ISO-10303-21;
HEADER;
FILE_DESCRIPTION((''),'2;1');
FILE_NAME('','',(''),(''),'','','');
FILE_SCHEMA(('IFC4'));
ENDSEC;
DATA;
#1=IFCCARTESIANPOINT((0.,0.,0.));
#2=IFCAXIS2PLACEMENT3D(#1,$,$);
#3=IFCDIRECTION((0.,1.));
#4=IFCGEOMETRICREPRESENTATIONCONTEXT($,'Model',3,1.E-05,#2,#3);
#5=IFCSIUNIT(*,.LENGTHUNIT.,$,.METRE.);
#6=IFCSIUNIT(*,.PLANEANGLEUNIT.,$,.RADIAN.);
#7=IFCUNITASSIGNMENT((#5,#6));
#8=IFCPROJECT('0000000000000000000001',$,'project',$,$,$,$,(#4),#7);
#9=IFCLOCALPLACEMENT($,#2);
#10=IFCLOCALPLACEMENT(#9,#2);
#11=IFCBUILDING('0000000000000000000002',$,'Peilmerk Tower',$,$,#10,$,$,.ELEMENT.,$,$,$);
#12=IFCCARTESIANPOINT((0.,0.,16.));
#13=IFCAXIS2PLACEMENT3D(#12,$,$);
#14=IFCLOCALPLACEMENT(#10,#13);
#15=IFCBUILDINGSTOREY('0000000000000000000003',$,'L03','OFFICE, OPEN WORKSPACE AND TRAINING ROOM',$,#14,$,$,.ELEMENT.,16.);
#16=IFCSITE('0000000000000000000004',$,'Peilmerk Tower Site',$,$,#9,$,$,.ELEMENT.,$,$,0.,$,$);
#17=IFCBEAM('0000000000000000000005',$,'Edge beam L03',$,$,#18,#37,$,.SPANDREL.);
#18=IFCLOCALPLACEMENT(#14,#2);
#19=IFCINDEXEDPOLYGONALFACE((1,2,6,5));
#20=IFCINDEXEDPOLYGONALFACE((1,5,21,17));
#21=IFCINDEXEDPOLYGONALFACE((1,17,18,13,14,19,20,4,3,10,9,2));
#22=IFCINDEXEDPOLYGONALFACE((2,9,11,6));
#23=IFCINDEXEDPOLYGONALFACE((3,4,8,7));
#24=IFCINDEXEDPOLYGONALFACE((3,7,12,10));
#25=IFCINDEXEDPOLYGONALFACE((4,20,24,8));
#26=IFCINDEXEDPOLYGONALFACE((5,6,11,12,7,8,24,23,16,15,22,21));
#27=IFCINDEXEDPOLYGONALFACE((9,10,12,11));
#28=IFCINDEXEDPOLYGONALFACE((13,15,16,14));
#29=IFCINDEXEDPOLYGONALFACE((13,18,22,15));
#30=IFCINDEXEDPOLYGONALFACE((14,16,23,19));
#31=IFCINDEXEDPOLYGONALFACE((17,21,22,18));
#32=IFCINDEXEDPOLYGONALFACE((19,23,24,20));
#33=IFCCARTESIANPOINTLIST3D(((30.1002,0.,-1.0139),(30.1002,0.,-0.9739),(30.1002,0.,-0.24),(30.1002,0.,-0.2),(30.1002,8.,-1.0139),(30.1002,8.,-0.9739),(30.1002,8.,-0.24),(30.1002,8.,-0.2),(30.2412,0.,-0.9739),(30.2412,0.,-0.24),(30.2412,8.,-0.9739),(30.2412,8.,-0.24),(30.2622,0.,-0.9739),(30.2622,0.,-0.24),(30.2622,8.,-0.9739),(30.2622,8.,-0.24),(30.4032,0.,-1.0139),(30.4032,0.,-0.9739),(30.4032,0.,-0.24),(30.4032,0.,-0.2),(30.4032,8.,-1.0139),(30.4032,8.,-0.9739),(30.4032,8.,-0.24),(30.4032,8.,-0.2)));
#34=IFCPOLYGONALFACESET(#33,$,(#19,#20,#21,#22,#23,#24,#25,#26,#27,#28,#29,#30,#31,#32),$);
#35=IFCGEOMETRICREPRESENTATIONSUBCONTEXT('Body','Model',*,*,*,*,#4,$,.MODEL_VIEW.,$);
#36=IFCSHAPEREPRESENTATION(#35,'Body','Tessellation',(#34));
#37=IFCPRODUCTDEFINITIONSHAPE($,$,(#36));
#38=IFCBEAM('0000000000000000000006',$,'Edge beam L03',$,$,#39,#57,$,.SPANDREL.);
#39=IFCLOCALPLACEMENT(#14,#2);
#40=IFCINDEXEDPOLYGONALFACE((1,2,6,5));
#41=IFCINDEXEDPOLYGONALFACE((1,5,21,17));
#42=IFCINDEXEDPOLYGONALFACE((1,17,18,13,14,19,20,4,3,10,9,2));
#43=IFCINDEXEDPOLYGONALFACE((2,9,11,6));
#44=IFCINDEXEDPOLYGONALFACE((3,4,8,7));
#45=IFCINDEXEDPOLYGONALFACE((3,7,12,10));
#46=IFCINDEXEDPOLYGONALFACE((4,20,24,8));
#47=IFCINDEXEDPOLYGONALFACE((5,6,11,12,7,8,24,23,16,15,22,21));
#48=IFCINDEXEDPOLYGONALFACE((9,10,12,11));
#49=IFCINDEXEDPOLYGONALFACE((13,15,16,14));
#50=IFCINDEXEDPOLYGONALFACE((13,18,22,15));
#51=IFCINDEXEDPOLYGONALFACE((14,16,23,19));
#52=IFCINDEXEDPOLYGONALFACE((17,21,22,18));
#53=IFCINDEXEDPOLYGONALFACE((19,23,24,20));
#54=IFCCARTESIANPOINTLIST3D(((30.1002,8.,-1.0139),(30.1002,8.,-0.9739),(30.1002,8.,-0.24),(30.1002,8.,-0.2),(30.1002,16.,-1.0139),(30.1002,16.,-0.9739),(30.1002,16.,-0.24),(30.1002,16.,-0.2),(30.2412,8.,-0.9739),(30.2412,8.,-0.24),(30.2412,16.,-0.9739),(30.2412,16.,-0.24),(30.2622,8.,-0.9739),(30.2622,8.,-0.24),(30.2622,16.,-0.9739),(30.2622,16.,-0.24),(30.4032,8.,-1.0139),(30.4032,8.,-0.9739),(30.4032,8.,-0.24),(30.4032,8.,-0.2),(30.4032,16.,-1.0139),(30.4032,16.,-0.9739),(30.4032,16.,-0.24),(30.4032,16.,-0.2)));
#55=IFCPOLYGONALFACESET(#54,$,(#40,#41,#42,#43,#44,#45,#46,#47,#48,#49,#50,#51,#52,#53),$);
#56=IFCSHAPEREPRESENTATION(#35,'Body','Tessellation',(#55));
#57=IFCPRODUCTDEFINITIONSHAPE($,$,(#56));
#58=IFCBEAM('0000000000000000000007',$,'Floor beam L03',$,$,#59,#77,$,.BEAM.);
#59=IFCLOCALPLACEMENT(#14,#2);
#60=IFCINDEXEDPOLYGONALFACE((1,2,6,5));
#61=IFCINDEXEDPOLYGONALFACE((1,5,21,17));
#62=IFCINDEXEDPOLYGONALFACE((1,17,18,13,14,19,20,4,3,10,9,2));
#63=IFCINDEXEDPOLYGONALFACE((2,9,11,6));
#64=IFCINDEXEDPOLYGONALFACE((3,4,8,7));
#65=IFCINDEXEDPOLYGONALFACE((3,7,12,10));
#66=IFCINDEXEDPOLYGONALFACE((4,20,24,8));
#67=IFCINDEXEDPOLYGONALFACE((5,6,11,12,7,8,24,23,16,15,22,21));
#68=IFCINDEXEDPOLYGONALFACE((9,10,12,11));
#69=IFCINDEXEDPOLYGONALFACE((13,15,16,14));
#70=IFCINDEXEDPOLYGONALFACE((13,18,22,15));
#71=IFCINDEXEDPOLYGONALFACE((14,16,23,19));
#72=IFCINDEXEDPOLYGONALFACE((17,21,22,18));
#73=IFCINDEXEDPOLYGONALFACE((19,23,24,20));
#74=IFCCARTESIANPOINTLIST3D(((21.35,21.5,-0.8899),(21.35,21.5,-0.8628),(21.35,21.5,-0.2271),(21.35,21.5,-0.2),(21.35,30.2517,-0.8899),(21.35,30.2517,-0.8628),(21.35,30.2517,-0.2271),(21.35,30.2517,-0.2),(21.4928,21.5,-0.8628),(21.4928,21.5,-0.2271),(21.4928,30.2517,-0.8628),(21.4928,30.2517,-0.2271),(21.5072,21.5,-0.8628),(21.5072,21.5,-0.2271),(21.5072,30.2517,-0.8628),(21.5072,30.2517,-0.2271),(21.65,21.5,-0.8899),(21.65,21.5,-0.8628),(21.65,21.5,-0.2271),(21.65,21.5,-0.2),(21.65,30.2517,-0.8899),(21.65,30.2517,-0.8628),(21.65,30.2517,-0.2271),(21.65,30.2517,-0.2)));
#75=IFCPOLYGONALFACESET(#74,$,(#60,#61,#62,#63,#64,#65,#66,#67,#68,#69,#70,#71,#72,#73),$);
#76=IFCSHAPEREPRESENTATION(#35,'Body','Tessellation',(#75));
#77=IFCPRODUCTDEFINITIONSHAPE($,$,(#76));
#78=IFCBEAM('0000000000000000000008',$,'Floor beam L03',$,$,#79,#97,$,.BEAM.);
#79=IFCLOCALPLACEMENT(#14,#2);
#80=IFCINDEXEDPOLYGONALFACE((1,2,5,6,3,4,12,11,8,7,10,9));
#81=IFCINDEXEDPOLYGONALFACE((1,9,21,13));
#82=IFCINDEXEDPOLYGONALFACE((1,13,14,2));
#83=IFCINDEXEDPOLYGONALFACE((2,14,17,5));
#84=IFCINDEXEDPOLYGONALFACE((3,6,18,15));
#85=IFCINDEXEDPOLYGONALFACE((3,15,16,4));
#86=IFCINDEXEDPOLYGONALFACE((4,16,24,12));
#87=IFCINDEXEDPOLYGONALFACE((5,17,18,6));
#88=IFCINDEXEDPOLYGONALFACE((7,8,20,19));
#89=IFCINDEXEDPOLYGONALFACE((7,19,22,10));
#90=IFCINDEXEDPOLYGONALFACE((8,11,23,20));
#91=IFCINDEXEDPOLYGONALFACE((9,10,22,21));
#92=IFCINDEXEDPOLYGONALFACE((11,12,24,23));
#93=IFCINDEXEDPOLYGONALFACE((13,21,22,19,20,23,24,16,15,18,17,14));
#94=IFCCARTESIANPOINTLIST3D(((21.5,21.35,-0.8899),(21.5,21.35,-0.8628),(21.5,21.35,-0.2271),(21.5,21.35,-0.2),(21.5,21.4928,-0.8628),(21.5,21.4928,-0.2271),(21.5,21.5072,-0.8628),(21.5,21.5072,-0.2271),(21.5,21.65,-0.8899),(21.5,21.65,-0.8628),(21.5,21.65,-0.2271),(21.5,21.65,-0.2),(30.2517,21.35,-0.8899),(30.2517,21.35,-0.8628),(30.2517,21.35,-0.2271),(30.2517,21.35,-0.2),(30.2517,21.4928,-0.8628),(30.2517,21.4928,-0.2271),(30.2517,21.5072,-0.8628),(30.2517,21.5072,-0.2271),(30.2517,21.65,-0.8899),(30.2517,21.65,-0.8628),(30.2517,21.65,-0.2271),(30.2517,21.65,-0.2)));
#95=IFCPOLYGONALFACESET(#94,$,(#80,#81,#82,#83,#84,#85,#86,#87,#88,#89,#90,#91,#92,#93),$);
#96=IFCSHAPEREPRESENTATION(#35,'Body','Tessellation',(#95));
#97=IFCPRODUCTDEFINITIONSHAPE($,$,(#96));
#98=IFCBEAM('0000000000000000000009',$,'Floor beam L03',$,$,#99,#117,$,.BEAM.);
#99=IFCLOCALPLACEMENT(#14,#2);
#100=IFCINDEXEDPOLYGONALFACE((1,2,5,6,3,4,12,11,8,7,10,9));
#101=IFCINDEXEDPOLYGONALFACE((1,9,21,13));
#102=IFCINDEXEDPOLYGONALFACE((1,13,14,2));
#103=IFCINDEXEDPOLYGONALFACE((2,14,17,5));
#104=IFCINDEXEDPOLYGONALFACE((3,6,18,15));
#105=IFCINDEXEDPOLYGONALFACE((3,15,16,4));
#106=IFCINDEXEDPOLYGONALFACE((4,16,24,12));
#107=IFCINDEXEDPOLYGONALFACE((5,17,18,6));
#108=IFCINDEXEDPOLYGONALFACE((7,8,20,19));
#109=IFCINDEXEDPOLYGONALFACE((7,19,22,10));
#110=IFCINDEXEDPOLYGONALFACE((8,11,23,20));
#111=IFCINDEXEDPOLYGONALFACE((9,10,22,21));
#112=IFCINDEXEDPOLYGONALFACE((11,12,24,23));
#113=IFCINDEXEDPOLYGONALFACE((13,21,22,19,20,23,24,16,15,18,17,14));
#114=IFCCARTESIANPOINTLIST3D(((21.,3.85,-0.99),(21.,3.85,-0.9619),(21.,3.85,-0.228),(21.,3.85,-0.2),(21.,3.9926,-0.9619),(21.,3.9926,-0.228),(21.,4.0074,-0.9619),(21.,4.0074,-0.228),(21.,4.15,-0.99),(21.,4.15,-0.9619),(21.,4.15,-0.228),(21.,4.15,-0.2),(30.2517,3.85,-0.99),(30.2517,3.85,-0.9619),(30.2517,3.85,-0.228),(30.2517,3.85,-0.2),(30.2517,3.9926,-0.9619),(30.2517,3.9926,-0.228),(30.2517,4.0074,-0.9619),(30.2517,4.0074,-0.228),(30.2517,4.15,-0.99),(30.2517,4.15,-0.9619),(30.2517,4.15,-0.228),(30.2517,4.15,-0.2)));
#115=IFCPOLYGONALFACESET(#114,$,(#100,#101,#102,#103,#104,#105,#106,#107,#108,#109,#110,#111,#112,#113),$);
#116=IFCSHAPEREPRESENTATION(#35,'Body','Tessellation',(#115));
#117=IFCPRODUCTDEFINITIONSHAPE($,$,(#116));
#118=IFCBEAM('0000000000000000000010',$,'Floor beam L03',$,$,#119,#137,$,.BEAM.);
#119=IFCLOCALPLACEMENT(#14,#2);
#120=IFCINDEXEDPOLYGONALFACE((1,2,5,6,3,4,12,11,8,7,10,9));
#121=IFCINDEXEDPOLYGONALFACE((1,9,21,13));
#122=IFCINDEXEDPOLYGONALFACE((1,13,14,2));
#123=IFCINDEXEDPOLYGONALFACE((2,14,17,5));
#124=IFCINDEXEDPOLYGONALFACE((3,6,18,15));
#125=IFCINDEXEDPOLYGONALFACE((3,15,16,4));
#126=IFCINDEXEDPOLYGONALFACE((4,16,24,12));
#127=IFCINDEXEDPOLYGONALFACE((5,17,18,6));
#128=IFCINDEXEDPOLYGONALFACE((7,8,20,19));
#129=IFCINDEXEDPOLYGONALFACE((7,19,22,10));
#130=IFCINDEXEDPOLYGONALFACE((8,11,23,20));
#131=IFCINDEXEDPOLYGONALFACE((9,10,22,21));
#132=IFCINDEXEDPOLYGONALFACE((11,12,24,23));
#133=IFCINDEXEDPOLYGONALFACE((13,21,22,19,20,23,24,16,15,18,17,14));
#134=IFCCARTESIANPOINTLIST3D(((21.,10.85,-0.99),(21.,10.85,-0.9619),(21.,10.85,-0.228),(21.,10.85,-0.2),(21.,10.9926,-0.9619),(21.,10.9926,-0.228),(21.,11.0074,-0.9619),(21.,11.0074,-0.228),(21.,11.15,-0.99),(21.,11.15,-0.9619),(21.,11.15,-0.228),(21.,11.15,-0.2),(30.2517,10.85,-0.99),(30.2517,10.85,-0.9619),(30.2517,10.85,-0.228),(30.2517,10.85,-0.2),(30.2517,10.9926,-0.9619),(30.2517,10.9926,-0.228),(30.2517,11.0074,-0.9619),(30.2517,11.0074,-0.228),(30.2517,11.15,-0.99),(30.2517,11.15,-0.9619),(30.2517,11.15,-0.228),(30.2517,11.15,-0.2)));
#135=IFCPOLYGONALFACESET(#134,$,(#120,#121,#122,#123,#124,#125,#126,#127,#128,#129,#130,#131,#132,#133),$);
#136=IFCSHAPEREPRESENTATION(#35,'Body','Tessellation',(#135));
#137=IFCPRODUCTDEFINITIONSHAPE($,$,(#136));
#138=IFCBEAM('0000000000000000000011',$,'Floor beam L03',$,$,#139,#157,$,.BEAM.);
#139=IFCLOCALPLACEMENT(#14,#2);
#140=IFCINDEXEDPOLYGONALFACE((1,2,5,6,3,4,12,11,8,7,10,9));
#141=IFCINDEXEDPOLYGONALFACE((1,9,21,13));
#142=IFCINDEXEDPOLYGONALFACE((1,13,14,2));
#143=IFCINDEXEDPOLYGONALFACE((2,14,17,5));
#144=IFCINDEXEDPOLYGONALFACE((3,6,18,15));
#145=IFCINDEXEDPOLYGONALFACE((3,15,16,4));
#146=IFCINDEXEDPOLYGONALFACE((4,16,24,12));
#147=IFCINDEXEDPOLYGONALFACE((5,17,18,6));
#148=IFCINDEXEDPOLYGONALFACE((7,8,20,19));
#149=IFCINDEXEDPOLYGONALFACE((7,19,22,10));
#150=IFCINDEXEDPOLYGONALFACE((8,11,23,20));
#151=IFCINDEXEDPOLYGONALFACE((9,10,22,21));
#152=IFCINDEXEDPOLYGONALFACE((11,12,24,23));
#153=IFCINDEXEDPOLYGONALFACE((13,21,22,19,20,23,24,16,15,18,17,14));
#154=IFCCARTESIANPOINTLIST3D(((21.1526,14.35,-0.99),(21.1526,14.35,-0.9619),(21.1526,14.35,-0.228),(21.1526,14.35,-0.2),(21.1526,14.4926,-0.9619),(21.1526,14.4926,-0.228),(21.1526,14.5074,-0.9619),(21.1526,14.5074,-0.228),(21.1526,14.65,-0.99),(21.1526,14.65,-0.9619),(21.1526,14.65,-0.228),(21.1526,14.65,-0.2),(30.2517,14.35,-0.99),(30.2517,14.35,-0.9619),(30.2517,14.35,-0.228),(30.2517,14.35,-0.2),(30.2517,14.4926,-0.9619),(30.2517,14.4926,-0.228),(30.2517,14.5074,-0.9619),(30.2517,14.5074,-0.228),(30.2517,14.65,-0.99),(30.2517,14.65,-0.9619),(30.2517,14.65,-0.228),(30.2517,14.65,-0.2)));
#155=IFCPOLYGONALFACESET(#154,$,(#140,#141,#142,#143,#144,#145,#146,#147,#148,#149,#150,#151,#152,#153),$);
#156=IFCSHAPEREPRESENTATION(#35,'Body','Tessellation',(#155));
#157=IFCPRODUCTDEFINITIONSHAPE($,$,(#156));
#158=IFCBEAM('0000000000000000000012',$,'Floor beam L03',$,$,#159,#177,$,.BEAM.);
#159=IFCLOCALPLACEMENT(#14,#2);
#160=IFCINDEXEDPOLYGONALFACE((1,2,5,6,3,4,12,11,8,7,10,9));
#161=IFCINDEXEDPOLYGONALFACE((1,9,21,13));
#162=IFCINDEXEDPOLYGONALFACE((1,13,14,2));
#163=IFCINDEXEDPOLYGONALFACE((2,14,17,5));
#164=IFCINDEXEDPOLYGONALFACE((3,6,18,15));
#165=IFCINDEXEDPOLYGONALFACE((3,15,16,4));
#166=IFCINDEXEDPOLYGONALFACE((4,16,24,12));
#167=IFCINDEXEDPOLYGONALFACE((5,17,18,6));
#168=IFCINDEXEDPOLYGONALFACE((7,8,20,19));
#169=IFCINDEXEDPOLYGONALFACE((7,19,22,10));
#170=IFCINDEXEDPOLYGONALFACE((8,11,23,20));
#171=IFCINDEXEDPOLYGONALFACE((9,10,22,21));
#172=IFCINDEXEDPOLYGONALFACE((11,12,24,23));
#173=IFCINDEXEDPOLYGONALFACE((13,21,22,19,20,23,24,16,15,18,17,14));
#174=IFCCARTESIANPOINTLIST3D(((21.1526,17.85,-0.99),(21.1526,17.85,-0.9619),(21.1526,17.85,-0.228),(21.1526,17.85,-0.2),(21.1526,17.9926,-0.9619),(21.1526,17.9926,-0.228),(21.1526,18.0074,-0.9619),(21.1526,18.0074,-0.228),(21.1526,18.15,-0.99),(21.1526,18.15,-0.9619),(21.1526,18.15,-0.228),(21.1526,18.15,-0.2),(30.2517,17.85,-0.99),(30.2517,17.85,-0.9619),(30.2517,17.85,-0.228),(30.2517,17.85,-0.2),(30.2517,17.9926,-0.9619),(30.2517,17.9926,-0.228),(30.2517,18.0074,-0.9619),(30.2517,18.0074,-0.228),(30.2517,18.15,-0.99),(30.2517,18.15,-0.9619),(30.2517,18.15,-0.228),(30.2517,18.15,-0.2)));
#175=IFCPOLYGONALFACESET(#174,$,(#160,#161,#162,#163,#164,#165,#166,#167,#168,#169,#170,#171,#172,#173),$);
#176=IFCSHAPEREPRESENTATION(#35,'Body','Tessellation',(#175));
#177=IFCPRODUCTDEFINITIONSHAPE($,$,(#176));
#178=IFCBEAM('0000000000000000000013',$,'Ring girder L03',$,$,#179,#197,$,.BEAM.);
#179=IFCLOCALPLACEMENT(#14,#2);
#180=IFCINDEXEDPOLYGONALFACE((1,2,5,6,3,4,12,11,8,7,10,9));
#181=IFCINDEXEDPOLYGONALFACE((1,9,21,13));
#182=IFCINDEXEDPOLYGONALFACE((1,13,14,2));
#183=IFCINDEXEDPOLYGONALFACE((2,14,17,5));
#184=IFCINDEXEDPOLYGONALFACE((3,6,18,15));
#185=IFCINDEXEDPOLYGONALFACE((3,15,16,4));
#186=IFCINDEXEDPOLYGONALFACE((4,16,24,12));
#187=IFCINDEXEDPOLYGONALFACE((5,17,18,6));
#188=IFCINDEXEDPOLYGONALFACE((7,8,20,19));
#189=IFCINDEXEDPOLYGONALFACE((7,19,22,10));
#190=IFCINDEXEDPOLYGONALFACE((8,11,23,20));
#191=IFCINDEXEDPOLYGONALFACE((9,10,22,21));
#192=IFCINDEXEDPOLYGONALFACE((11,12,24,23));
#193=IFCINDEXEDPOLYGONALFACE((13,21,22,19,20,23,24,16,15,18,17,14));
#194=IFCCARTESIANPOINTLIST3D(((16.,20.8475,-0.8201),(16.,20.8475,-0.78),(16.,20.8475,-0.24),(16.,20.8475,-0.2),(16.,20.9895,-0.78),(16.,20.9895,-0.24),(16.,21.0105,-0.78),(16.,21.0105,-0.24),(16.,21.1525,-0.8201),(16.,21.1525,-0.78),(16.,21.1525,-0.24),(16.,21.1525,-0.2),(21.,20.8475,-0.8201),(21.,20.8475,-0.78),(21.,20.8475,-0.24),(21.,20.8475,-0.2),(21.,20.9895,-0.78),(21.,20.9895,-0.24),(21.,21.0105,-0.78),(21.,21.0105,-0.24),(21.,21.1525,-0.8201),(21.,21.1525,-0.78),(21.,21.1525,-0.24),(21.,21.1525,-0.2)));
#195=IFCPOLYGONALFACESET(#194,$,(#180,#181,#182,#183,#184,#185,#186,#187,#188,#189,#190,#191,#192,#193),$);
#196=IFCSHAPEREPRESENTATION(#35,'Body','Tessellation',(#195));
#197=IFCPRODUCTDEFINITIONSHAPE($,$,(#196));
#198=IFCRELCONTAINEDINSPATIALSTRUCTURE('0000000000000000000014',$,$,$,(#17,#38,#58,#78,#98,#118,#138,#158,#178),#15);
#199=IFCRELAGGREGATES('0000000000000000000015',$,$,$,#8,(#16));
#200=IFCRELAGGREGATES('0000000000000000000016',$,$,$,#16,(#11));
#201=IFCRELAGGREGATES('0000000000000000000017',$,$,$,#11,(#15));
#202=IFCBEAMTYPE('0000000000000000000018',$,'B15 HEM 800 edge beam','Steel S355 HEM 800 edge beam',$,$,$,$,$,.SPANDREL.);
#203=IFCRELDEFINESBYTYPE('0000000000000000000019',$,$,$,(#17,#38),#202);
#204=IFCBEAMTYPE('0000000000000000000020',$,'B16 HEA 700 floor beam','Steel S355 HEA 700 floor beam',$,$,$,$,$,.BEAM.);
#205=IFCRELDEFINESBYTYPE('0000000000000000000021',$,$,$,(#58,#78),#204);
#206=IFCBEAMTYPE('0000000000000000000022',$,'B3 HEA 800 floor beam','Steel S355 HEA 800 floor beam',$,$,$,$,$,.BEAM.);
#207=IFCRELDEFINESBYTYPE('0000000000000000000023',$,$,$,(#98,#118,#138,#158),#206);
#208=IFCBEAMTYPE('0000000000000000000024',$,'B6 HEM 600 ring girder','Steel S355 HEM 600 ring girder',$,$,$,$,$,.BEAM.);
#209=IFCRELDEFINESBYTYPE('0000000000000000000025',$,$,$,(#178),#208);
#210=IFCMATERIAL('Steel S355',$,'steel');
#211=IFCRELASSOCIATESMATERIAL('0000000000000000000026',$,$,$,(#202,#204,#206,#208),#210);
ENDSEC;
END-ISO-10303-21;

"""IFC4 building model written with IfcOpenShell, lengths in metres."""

from ifc_helpers import new_model, si_unit, direction, frame, origin, origin_2d, place, context, subcontext, project, spatial, i_section, extrude, material, material_profile, profile_set, type_object, element, save


model = new_model("IFC4")

# Units and contexts
model_context = context("Model", 3, precision=1e-05, world=origin(), true_north=direction((0.0, 1.0)))
body_context = subcontext(model_context, "Body", "Model", "MODEL_VIEW")
ifc_project = project(units=[si_unit("LENGTHUNIT", "METRE"), si_unit("PLANEANGLEUNIT", "RADIAN")], contexts=[model_context])

# Site, building, storey
site_placement = place(None, origin())
site = spatial("IfcSite", under=ifc_project, at=site_placement, Name="Peilmerk Tower Site", CompositionType="ELEMENT", RefElevation=0.0)
building_placement = place(site_placement, origin())
building = spatial("IfcBuilding", under=site, at=building_placement, Name="Peilmerk Tower", CompositionType="ELEMENT")
storey_placement = place(building_placement, frame((0.0, 0.0, 16.0)))
storey = spatial("IfcBuildingStorey", under=building, at=storey_placement, Name="L03", Description="OFFICE, OPEN WORKSPACE AND TRAINING ROOM", CompositionType="ELEMENT", Elevation=16.0)

# Beams
ifc_material_1 = material(Name="Steel S355", Category="steel")
ifc_material_profile_1 = material_profile(ifc_material_1, i_section(OverallWidth=0.303, OverallDepth=0.814, WebThickness=0.021, FlangeThickness=0.04, at=origin_2d()), Name="HEM 800")
ifc_profile_set_1 = profile_set([ifc_material_profile_1], Name="Steel S355")
beam_type_1 = type_object("IfcBeamType", Name="B15 HEM 800 edge beam", Description="Steel S355 HEM 800 edge beam", PredefinedType="SPANDREL", material=ifc_profile_set_1)
for number, where, z_axis, x_axis, name in (
    (1, (30.2517, 0.0, -0.6069), (0.0, 1.0, 0.0), (-1.0, 0.0, 0.0), "Edge beam L03"),
    (2, (30.2517, 8.0, -0.6069), (0.0, 1.0, 0.0), (-1.0, 0.0, 0.0), "Edge beam L03"),
):
    element("IfcBeam", number, at=place(storey_placement, frame(where, z_axis=z_axis, x_axis=x_axis)), inside=storey, type_object=beam_type_1, Name=name, PredefinedType="SPANDREL", context=body_context, shape_type="SweptSolid", body=[
        extrude(i_section(OverallWidth=0.303, OverallDepth=0.814, WebThickness=0.021, FlangeThickness=0.04, at=origin_2d()), origin(), (0.0, 0.0, 1.0), 8.0),
    ])
ifc_material_profile_2 = material_profile(ifc_material_1, i_section(OverallWidth=0.3, OverallDepth=0.6899, WebThickness=0.0144, FlangeThickness=0.0271, at=origin_2d()), Name="HEA 700")
ifc_profile_set_2 = profile_set([ifc_material_profile_2], Name="Steel S355")
beam_type_2 = type_object("IfcBeamType", Name="B16 HEA 700 floor beam", Description="Steel S355 HEA 700 floor beam", PredefinedType="BEAM", material=ifc_profile_set_2)
for number, where, z_axis, x_axis, name in (
    (3, (21.5, 21.5, -0.5449), (0.0, 1.0, 0.0), (-1.0, 0.0, 0.0), "Floor beam L03"),
    (4, (21.5, 21.5, -0.5449), (1.0, 0.0, 0.0), (0.0, 1.0, 0.0), "Floor beam L03"),
):
    element("IfcBeam", number, at=place(storey_placement, frame(where, z_axis=z_axis, x_axis=x_axis)), inside=storey, type_object=beam_type_2, Name=name, PredefinedType="BEAM", context=body_context, shape_type="SweptSolid", body=[
        extrude(i_section(OverallWidth=0.3, OverallDepth=0.6899, WebThickness=0.0144, FlangeThickness=0.0271, at=origin_2d()), origin(), (0.0, 0.0, 1.0), 8.7517),
    ])
ifc_material_profile_3 = material_profile(ifc_material_1, i_section(OverallWidth=0.3, OverallDepth=0.79, WebThickness=0.0149, FlangeThickness=0.0281, at=origin_2d()), Name="HEA 800")
ifc_profile_set_3 = profile_set([ifc_material_profile_3], Name="Steel S355")
beam_type_3 = type_object("IfcBeamType", Name="B3 HEA 800 floor beam", Description="Steel S355 HEA 800 floor beam", PredefinedType="BEAM", material=ifc_profile_set_3)
for number, where, z_axis, x_axis, name in (
    (5, (21.0, 4.0, -0.595), (1.0, 0.0, 0.0), (0.0, 1.0, 0.0), "Floor beam L03"),
    (6, (21.0, 11.0, -0.595), (1.0, 0.0, 0.0), (0.0, 1.0, 0.0), "Floor beam L03"),
):
    element("IfcBeam", number, at=place(storey_placement, frame(where, z_axis=z_axis, x_axis=x_axis)), inside=storey, type_object=beam_type_3, Name=name, PredefinedType="BEAM", context=body_context, shape_type="SweptSolid", body=[
        extrude(i_section(OverallWidth=0.3, OverallDepth=0.79, WebThickness=0.0149, FlangeThickness=0.0281, at=origin_2d()), origin(), (0.0, 0.0, 1.0), 9.2517),
    ])
for number, where, z_axis, x_axis, name in (
    (7, (21.1526, 14.5, -0.595), (1.0, 0.0, 0.0), (0.0, 1.0, 0.0), "Floor beam L03"),
    (8, (21.1526, 18.0, -0.595), (1.0, 0.0, 0.0), (0.0, 1.0, 0.0), "Floor beam L03"),
):
    element("IfcBeam", number, at=place(storey_placement, frame(where, z_axis=z_axis, x_axis=x_axis)), inside=storey, type_object=beam_type_3, Name=name, PredefinedType="BEAM", context=body_context, shape_type="SweptSolid", body=[
        extrude(i_section(OverallWidth=0.3, OverallDepth=0.79, WebThickness=0.0149, FlangeThickness=0.0281, at=origin_2d()), origin(), (0.0, 0.0, 1.0), 9.0991),
    ])
ifc_material_profile_4 = material_profile(ifc_material_1, i_section(OverallWidth=0.3049, OverallDepth=0.6201, WebThickness=0.021, FlangeThickness=0.04, at=origin_2d()), Name="HEM 600")
ifc_profile_set_4 = profile_set([ifc_material_profile_4], Name="Steel S355")
beam_type_4 = type_object("IfcBeamType", Name="B6 HEM 600 ring girder", Description="Steel S355 HEM 600 ring girder", PredefinedType="BEAM", material=ifc_profile_set_4)
beam_1_placement = place(storey_placement, frame((21.0, 21.0, -0.51), z_axis=(-1.0, 0.0, 0.0), x_axis=(0.0, -1.0, 0.0)))
element("IfcBeam", 9, at=beam_1_placement, inside=storey, type_object=beam_type_4, Name="Ring girder L03", PredefinedType="BEAM", context=body_context, shape_type="SweptSolid", body=[
    extrude(i_section(OverallWidth=0.3049, OverallDepth=0.6201, WebThickness=0.021, FlangeThickness=0.04, at=origin_2d()), origin(), (0.0, 0.0, 1.0), 5.0),
])

save(model, "model.ifc")
